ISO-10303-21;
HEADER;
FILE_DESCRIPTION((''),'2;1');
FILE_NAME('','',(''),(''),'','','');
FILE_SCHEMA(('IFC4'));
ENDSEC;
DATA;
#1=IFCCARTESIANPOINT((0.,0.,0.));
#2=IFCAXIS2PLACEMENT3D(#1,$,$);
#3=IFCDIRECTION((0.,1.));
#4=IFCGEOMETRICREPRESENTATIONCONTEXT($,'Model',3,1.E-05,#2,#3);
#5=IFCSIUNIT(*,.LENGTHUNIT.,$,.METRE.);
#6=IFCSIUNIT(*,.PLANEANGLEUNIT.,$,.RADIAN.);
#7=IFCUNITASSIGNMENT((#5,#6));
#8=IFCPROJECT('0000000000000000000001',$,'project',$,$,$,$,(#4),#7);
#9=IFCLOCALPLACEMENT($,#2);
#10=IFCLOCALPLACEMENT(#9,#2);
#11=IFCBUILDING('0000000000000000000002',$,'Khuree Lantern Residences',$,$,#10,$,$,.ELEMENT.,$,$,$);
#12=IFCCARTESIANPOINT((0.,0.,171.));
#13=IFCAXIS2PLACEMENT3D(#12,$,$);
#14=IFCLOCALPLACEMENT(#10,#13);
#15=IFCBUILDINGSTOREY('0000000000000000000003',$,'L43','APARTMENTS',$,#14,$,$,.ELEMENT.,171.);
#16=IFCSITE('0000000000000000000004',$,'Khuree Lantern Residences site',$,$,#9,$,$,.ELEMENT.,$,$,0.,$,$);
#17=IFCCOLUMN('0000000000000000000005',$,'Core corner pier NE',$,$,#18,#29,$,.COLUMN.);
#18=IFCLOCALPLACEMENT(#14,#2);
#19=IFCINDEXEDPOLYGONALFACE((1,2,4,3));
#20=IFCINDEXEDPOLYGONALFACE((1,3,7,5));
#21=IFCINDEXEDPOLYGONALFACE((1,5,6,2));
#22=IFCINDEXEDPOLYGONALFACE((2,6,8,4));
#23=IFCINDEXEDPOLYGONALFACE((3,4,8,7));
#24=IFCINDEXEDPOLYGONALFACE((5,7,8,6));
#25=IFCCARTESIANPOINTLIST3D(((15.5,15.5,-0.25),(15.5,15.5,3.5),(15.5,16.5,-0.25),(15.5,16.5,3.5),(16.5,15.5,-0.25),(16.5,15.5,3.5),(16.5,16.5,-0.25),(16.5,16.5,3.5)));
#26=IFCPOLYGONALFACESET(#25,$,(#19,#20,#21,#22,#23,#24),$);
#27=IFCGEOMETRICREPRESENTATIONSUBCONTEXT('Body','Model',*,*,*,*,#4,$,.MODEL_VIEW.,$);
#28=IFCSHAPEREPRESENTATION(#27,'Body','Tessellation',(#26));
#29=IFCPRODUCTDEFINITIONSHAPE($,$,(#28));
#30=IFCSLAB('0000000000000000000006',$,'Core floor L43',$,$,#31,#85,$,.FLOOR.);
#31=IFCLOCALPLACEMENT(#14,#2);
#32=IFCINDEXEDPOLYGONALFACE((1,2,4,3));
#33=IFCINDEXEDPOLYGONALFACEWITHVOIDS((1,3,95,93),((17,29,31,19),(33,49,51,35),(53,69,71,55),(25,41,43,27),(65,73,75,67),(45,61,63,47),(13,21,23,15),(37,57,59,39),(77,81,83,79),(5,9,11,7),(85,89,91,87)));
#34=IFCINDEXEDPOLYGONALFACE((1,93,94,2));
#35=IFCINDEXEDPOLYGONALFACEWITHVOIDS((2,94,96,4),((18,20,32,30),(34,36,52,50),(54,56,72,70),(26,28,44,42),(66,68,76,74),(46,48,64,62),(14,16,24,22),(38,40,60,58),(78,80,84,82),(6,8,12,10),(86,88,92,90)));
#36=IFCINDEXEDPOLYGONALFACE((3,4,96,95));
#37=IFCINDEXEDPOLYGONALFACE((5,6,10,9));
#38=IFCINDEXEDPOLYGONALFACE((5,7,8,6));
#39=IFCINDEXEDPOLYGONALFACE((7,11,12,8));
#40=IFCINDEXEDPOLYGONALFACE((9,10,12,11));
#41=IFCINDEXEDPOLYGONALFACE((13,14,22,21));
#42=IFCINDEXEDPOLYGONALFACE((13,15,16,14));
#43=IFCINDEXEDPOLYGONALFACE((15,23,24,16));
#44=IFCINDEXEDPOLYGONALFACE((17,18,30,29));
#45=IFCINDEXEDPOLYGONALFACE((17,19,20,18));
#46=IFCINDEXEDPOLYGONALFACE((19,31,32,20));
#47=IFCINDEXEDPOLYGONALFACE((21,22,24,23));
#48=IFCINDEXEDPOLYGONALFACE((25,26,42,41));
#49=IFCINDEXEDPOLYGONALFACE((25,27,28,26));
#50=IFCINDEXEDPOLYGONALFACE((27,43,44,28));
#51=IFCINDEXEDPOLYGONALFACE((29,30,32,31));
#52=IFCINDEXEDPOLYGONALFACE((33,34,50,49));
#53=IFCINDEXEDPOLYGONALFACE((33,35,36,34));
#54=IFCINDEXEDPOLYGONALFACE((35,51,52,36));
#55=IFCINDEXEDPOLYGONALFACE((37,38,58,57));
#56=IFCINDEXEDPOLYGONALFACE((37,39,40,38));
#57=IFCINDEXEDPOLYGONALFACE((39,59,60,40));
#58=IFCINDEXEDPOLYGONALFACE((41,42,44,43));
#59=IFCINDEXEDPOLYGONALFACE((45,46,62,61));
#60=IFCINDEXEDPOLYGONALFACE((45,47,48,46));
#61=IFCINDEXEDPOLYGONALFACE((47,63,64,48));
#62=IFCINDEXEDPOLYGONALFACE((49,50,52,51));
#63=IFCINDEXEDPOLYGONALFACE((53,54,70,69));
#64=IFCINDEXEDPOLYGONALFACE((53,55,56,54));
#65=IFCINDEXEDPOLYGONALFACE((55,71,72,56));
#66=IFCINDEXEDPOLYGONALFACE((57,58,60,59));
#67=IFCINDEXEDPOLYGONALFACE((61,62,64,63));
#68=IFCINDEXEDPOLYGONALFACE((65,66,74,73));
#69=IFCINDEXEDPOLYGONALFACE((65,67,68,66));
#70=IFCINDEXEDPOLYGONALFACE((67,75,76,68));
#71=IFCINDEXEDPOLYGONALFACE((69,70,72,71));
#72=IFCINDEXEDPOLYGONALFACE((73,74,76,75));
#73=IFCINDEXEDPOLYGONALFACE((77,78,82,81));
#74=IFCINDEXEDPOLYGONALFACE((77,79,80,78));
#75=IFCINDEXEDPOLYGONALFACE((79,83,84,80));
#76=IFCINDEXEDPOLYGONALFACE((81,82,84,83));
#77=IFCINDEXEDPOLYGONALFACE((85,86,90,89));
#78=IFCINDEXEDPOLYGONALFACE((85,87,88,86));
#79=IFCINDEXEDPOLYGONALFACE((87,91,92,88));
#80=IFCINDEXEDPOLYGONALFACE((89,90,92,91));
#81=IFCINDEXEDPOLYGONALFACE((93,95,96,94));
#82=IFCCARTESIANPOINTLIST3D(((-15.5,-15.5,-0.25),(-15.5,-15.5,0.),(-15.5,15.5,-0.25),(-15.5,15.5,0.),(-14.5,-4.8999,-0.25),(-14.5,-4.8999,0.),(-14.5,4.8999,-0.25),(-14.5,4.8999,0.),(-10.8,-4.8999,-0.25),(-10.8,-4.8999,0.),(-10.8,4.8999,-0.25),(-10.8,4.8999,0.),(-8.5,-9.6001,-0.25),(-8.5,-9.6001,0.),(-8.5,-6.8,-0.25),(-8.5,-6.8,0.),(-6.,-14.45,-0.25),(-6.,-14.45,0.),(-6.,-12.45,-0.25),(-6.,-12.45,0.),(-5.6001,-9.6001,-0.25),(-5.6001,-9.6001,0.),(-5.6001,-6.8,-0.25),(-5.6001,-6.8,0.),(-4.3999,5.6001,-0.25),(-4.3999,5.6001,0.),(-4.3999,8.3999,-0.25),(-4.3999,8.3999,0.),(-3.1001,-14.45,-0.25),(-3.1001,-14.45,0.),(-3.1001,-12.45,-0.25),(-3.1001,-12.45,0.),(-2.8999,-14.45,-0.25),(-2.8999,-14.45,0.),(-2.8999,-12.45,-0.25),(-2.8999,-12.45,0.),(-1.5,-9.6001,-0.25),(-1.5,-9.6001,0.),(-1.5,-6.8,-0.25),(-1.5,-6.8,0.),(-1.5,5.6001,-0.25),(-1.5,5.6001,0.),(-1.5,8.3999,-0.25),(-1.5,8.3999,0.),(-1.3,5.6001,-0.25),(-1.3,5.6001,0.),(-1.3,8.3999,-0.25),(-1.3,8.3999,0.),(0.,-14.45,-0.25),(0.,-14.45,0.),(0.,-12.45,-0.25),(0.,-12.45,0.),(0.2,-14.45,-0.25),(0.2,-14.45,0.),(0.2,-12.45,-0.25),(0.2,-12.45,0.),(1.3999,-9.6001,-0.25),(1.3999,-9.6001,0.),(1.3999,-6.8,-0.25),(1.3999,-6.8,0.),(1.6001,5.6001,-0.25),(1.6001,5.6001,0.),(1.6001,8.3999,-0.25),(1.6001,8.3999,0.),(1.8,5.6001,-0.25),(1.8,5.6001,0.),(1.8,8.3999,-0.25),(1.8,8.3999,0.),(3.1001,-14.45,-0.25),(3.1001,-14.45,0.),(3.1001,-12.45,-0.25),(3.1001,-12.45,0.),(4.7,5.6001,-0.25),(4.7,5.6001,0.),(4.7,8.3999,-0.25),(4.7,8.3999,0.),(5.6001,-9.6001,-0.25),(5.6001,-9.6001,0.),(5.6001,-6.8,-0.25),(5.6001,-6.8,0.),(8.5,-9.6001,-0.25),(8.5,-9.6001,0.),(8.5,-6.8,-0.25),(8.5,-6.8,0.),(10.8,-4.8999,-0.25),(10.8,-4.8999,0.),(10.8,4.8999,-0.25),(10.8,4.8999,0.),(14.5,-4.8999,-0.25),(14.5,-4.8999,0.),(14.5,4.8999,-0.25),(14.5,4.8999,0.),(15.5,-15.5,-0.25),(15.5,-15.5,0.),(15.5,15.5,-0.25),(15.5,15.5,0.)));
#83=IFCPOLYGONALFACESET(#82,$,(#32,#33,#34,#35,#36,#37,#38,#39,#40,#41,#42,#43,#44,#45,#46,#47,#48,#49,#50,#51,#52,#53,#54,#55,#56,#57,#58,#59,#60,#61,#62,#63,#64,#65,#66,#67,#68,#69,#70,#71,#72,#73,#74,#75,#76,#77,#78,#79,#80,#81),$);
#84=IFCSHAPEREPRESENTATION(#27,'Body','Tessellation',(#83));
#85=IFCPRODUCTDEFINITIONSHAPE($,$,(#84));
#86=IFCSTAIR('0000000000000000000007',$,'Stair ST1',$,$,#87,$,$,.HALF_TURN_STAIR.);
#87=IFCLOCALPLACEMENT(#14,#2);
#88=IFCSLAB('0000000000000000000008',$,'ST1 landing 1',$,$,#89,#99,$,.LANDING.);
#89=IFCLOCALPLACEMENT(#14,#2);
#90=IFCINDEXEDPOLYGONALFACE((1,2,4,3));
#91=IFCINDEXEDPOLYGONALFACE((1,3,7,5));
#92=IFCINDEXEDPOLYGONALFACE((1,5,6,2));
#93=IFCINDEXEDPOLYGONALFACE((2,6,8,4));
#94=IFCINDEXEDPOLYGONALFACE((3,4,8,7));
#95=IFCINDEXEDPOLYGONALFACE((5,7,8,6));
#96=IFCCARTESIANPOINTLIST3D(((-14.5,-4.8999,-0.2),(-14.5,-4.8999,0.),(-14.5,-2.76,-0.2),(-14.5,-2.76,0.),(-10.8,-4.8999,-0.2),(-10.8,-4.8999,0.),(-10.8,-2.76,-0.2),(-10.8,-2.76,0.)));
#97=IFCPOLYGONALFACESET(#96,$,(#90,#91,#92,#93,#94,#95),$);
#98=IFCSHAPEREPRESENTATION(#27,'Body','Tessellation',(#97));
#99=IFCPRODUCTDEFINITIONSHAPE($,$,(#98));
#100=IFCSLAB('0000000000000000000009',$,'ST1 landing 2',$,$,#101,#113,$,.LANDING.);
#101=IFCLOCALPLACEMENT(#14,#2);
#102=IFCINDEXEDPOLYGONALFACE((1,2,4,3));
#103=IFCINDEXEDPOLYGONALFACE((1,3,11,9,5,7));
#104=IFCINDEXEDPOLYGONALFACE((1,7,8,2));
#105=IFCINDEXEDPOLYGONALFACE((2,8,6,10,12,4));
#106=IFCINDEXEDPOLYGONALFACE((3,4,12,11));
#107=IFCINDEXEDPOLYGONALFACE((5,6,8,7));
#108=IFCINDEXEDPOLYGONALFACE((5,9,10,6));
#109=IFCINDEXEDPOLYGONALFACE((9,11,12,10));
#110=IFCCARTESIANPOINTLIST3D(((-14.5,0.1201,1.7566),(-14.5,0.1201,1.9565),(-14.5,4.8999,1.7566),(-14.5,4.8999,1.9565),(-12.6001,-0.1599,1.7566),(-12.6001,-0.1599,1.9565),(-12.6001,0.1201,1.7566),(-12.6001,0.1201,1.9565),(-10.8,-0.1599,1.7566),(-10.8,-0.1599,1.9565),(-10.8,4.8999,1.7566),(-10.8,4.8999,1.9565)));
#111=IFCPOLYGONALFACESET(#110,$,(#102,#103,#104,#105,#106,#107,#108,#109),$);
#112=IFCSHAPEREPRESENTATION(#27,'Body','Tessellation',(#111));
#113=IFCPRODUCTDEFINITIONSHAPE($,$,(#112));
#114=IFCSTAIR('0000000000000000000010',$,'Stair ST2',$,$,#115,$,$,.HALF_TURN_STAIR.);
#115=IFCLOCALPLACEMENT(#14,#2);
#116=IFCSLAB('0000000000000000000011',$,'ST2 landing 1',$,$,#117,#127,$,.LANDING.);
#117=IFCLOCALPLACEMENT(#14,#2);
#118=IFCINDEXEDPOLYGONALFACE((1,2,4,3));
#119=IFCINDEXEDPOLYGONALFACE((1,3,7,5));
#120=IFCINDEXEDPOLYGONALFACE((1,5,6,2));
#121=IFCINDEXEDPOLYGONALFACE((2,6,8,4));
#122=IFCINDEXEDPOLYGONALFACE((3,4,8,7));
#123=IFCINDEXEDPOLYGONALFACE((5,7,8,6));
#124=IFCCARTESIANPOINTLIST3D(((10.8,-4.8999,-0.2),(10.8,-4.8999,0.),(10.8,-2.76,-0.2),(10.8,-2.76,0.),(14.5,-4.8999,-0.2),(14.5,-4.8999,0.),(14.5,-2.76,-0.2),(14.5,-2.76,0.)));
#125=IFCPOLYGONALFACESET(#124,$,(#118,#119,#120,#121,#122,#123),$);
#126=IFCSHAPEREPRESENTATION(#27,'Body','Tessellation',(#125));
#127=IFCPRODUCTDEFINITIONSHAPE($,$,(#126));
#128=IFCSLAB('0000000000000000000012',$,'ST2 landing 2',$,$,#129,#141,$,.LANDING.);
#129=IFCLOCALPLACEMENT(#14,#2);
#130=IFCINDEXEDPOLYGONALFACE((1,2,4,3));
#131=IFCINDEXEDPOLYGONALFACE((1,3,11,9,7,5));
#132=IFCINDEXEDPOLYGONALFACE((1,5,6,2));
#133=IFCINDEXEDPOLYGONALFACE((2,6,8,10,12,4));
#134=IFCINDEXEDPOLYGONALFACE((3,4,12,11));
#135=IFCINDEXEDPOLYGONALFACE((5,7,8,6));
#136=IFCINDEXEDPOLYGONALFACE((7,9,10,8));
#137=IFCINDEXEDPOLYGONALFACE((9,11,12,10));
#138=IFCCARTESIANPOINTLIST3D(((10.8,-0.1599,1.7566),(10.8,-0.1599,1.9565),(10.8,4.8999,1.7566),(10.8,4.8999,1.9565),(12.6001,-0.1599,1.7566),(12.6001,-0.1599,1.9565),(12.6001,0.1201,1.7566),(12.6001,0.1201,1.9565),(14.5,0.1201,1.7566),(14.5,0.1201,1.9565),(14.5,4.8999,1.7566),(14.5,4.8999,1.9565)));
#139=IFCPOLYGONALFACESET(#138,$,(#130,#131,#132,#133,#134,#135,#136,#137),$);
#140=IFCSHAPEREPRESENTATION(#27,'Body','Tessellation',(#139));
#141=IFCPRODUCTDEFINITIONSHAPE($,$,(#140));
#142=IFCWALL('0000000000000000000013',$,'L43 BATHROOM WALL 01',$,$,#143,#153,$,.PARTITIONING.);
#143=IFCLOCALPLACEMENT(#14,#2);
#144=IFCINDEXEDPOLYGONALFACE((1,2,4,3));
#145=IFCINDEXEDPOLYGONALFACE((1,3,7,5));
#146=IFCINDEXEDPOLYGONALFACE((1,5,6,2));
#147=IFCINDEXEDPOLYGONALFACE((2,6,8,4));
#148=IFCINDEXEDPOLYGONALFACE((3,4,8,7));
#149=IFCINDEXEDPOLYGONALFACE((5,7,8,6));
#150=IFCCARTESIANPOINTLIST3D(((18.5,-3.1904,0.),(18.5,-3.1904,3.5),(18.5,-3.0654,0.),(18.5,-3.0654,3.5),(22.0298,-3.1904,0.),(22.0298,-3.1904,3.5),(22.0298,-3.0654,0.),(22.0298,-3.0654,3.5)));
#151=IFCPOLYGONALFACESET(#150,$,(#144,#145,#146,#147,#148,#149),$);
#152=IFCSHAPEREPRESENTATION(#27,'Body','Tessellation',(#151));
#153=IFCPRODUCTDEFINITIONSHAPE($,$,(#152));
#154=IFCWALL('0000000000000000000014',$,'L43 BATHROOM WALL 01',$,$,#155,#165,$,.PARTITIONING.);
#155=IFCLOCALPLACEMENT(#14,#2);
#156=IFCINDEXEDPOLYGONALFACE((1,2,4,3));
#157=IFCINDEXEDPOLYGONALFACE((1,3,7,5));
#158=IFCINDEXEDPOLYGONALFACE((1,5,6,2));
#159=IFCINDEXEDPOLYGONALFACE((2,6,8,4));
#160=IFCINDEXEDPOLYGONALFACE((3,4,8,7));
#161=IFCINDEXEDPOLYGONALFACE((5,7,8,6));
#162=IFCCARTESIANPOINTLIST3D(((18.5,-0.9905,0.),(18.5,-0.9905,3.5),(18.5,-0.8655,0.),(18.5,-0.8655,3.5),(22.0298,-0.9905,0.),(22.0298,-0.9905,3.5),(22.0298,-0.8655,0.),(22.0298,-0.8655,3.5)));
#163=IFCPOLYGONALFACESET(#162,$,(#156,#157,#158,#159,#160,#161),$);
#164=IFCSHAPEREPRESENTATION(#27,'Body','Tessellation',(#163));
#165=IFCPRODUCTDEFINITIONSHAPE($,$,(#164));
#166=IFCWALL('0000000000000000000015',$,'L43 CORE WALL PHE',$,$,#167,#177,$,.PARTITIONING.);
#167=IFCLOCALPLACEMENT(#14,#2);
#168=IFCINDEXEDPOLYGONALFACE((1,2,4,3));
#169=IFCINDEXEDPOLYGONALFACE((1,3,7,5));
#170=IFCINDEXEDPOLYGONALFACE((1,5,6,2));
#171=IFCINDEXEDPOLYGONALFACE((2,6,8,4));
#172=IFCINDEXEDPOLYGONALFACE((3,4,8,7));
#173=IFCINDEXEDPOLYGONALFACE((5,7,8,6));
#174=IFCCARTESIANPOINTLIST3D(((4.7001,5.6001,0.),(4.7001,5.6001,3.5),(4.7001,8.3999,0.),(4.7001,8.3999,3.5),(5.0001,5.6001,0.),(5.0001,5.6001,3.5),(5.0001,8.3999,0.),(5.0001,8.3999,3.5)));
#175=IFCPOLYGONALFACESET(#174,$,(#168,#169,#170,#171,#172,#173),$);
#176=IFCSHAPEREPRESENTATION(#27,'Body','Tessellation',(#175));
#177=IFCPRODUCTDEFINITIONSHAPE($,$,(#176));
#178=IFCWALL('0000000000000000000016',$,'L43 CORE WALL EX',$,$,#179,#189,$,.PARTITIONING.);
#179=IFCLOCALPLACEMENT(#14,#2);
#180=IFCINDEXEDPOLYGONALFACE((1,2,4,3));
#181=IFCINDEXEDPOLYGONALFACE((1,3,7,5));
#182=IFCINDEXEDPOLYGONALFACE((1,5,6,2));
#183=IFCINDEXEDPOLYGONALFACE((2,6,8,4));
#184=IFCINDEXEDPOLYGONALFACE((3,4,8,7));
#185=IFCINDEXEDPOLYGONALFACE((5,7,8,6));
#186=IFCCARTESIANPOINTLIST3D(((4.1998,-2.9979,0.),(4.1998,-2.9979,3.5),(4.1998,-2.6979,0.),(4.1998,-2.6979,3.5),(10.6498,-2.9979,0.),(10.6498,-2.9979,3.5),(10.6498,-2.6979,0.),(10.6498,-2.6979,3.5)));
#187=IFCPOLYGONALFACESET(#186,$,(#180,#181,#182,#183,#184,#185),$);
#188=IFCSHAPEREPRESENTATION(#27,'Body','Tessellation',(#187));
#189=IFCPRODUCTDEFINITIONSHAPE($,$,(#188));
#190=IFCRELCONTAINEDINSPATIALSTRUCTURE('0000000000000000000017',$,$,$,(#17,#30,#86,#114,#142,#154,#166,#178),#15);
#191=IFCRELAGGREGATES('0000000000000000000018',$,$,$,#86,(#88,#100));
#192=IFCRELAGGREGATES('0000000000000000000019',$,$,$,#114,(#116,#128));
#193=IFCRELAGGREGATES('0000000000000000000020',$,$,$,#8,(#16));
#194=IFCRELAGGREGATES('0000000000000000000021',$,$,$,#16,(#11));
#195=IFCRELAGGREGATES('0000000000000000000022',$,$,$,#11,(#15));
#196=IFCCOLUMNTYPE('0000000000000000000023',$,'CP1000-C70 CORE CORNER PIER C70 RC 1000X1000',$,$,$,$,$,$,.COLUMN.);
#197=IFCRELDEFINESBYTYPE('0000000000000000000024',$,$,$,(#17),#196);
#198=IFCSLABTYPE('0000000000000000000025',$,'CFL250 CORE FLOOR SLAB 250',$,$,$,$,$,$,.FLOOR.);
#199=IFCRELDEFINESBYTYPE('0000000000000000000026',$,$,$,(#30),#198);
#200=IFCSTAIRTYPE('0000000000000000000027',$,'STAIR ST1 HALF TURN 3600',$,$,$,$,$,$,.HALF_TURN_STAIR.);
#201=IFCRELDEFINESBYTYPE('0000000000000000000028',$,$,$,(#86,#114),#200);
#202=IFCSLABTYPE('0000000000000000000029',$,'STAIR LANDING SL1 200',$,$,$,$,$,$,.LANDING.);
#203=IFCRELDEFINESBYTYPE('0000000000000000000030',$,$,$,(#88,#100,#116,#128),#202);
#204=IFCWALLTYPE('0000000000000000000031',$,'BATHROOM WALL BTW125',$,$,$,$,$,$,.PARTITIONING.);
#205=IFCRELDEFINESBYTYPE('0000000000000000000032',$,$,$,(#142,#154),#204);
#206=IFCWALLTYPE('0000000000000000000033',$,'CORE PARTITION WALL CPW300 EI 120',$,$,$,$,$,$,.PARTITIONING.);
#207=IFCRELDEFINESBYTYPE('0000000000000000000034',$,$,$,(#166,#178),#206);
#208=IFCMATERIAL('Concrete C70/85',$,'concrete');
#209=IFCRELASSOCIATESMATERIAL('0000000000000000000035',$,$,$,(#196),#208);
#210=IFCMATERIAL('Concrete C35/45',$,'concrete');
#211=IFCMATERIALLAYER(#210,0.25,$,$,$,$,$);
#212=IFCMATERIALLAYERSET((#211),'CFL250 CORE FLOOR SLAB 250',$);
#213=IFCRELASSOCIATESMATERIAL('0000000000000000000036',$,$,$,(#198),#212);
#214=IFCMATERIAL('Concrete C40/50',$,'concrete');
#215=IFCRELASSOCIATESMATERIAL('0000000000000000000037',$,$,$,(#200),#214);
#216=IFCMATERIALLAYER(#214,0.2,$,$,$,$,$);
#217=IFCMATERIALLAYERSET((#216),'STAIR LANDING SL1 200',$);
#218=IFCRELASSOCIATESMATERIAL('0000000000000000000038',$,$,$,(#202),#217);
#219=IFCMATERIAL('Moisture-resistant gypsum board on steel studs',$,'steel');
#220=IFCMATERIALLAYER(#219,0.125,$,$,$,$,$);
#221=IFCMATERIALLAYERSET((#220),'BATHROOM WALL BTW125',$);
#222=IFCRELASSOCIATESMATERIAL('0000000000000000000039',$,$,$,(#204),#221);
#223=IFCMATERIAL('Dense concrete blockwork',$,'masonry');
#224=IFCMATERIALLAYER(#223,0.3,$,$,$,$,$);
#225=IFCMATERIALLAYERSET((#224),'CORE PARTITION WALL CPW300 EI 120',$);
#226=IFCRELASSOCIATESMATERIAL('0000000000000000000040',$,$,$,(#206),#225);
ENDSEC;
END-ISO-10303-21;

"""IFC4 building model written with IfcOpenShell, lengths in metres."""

from ifc_helpers import new_model, si_unit, direction, frame, frame_2d, origin, origin_2d, place, context, subcontext, project, spatial, polyline, rectangle, outline, extrude, material, layer, layer_set, material_profile, profile_set, type_object, element, aggregate, save


model = new_model("IFC4")

# Units and contexts
model_context = context("Model", 3, precision=1e-05, world=origin(), true_north=direction((0.0, 1.0)))
body_context = subcontext(model_context, "Body", "Model", "MODEL_VIEW")
ifc_project = project(units=[si_unit("LENGTHUNIT", "METRE"), si_unit("PLANEANGLEUNIT", "RADIAN")], contexts=[model_context])

# Site, building, storey
site_placement = place(None, origin())
site = spatial("IfcSite", under=ifc_project, at=site_placement, Name="Khuree Lantern Residences site", CompositionType="ELEMENT", RefElevation=0.0)
building_placement = place(site_placement, origin())
building = spatial("IfcBuilding", under=site, at=building_placement, Name="Khuree Lantern Residences", CompositionType="ELEMENT")
storey_placement = place(building_placement, frame((0.0, 0.0, 171.0)))
storey = spatial("IfcBuildingStorey", under=building, at=storey_placement, Name="L43", Description="APARTMENTS", CompositionType="ELEMENT", Elevation=171.0)

# Column
ifc_material_1 = material(Name="Concrete C70/85", Category="concrete")
ifc_material_profile = material_profile(ifc_material_1, rectangle(XDim=1.0, YDim=1.0, at=origin_2d()), Name="RC 1000X1000")
ifc_profile_set = profile_set([ifc_material_profile], Name="Concrete C70/85")
column_type = type_object("IfcColumnType", Name="CP1000-C70 CORE CORNER PIER C70 RC 1000X1000", PredefinedType="COLUMN", material=ifc_profile_set)
column_placement = place(storey_placement, frame((16.0, 16.0, -0.25), z_axis=(0.0, 0.0, 1.0), x_axis=(1.0, 0.0, 0.0)))
element("IfcColumn", 1, at=column_placement, inside=storey, type_object=column_type, Name="Core corner pier NE", PredefinedType="COLUMN", context=body_context, shape_type="SweptSolid", body=[
    extrude(rectangle(XDim=1.0, YDim=1.0, at=origin_2d()), origin(), (0.0, 0.0, 1.0), 3.75),
])

# Slab
ifc_material_2 = material(Name="Concrete C35/45", Category="concrete")
ifc_layer_1 = layer(ifc_material_2, 0.25)
ifc_layer_set_1 = layer_set([ifc_layer_1], Name="CFL250 CORE FLOOR SLAB 250")
slab_type_1 = type_object("IfcSlabType", Name="CFL250 CORE FLOOR SLAB 250", PredefinedType="FLOOR", material=ifc_layer_set_1)
slab_1_placement = place(storey_placement, frame((0.0, 0.0, -0.25)))
element("IfcSlab", 2, at=slab_1_placement, inside=storey, type_object=slab_type_1, Name="Core floor L43", PredefinedType="FLOOR", context=body_context, shape_type="SweptSolid", body=[
    extrude(outline(polyline([(-15.5, -15.5), (-15.5, 15.5), (15.5, 15.5), (15.5, -15.5), (-15.5, -15.5)]), holes=[polyline([(10.8, 4.8999), (10.8, -4.8999), (14.5, -4.8999), (14.5, 4.8999), (10.8, 4.8999)]), polyline([(8.5, -6.8), (5.6001, -6.8), (5.6001, -9.6001), (8.5, -9.6001), (8.5, -6.8)]), polyline([(4.7, 8.3999), (1.8, 8.3999), (1.8, 5.6001), (4.7, 5.6001), (4.7, 8.3999)]), polyline([(3.1001, -12.45), (0.2, -12.45), (0.2, -14.45), (3.1001, -14.45), (3.1001, -12.45)]), polyline([(1.6001, 8.3999), (-1.3, 8.3999), (-1.3, 5.6001), (1.6001, 5.6001), (1.6001, 8.3999)]), polyline([(1.3999, -6.8), (-1.5, -6.8), (-1.5, -9.6001), (1.3999, -9.6001), (1.3999, -6.8)]), polyline([(-2.8999, -12.45), (-2.8999, -14.45), (0.0, -14.45), (0.0, -12.45), (-2.8999, -12.45)]), polyline([(-4.3999, 8.3999), (-4.3999, 5.6001), (-1.5, 5.6001), (-1.5, 8.3999), (-4.3999, 8.3999)]), polyline([(-6.0, -12.45), (-6.0, -14.45), (-3.1001, -14.45), (-3.1001, -12.45), (-6.0, -12.45)]), polyline([(-8.5, -6.8), (-8.5, -9.6001), (-5.6001, -9.6001), (-5.6001, -6.8), (-8.5, -6.8)]), polyline([(-10.8, 4.8999), (-14.5, 4.8999), (-14.5, -4.8999), (-10.8, -4.8999), (-10.8, 4.8999)])]), origin(), (0.0, 0.0, 1.0), 0.25),
])

# Stairs, slabs
ifc_material_3 = material(Name="Concrete C40/50", Category="concrete")
stair_type = type_object("IfcStairType", Name="STAIR ST1 HALF TURN 3600", PredefinedType="HALF_TURN_STAIR", material=ifc_material_3)
stair_1_placement = place(storey_placement, origin())
stair_1 = element("IfcStair", 3, at=stair_1_placement, inside=storey, type_object=stair_type, Name="Stair ST1", PredefinedType="HALF_TURN_STAIR")
ifc_layer_2 = layer(ifc_material_3, 0.2)
ifc_layer_set_2 = layer_set([ifc_layer_2], Name="STAIR LANDING SL1 200")
slab_type_2 = type_object("IfcSlabType", Name="STAIR LANDING SL1 200", PredefinedType="LANDING", material=ifc_layer_set_2)
slab_2_placement = place(storey_placement, frame((0.0, 0.0, -0.2)))
slab_2 = element("IfcSlab", 4, at=slab_2_placement, type_object=slab_type_2, Name="ST1 landing 1", PredefinedType="LANDING", context=body_context, shape_type="SweptSolid", body=[
    extrude(outline(polyline([(-14.5, -4.8999), (-10.8, -4.8999), (-10.8, -2.76), (-14.5, -2.76), (-14.5, -4.8999)])), origin(), (0.0, 0.0, 1.0), 0.2),
])
slab_3_placement = place(storey_placement, frame((0.0, 0.0, 1.7566)))
slab_3 = element("IfcSlab", 5, at=slab_3_placement, type_object=slab_type_2, Name="ST1 landing 2", PredefinedType="LANDING", context=body_context, shape_type="SweptSolid", body=[
    extrude(outline(polyline([(-14.5, 0.1201), (-14.5, 4.8999), (-10.8, 4.8999), (-10.8, -0.1599), (-12.6001, -0.1599), (-12.6001, 0.1201), (-14.5, 0.1201)])), origin(), (0.0, 0.0, 1.0), 0.2),
])
aggregate(stair_1, [slab_2, slab_3])
stair_2_placement = place(storey_placement, origin())
stair_2 = element("IfcStair", 6, at=stair_2_placement, inside=storey, type_object=stair_type, Name="Stair ST2", PredefinedType="HALF_TURN_STAIR")
slab_4_placement = place(storey_placement, frame((0.0, 0.0, -0.2)))
slab_4 = element("IfcSlab", 7, at=slab_4_placement, type_object=slab_type_2, Name="ST2 landing 1", PredefinedType="LANDING", context=body_context, shape_type="SweptSolid", body=[
    extrude(outline(polyline([(10.8, -4.8999), (14.5, -4.8999), (14.5, -2.76), (10.8, -2.76), (10.8, -4.8999)])), origin(), (0.0, 0.0, 1.0), 0.2),
])
slab_5_placement = place(storey_placement, frame((0.0, 0.0, 1.7566)))
slab_5 = element("IfcSlab", 8, at=slab_5_placement, type_object=slab_type_2, Name="ST2 landing 2", PredefinedType="LANDING", context=body_context, shape_type="SweptSolid", body=[
    extrude(outline(polyline([(14.5, 4.8999), (14.5, 0.1201), (12.6001, 0.1201), (12.6001, -0.1599), (10.8, -0.1599), (10.8, 4.8999), (14.5, 4.8999)])), origin(), (0.0, 0.0, 1.0), 0.2),
])

# Walls
ifc_material_4 = material(Name="Moisture-resistant gypsum board on steel studs", Category="steel")
ifc_layer_3 = layer(ifc_material_4, 0.125)
ifc_layer_set_3 = layer_set([ifc_layer_3], Name="BATHROOM WALL BTW125")
wall_type_1 = type_object("IfcWallType", Name="BATHROOM WALL BTW125", PredefinedType="PARTITIONING", material=ifc_layer_set_3)
for number, where, z_axis, x_axis, name in (
    (9, (18.5, -3.1279, 0.0), (0.0, 0.0, 1.0), (1.0, 0.0, 0.0), "L43 BATHROOM WALL 01"),
    (10, (18.5, -0.928, 0.0), (0.0, 0.0, 1.0), (1.0, 0.0, 0.0), "L43 BATHROOM WALL 01"),
):
    element("IfcWall", number, at=place(storey_placement, frame(where, z_axis=z_axis, x_axis=x_axis)), inside=storey, type_object=wall_type_1, Name=name, PredefinedType="PARTITIONING", context=body_context, shape_type="SweptSolid", body=[
        extrude(rectangle(XDim=3.5298, YDim=0.125, at=frame_2d((1.7649, 0.0))), origin(), (0.0, 0.0, 1.0), 3.5),
    ])
ifc_material_5 = material(Name="Dense concrete blockwork", Category="masonry")
ifc_layer_4 = layer(ifc_material_5, 0.3)
ifc_layer_set_4 = layer_set([ifc_layer_4], Name="CORE PARTITION WALL CPW300 EI 120")
wall_type_2 = type_object("IfcWallType", Name="CORE PARTITION WALL CPW300 EI 120", PredefinedType="PARTITIONING", material=ifc_layer_set_4)
wall_1_placement = place(storey_placement, frame((4.8501, 5.6001, 0.0), z_axis=(0.0, 0.0, 1.0), x_axis=(0.0, 1.0, 0.0)))
element("IfcWall", 11, at=wall_1_placement, inside=storey, type_object=wall_type_2, Name="L43 CORE WALL PHE", PredefinedType="PARTITIONING", context=body_context, shape_type="SweptSolid", body=[
    extrude(rectangle(XDim=2.7998, YDim=0.3, at=frame_2d((1.3999, 0.0))), origin(), (0.0, 0.0, 1.0), 3.5),
])
wall_2_placement = place(storey_placement, frame((10.6499, -2.8479, 0.0), z_axis=(0.0, 0.0, 1.0), x_axis=(-1.0, 0.0, 0.0)))
element("IfcWall", 12, at=wall_2_placement, inside=storey, type_object=wall_type_2, Name="L43 CORE WALL EX", PredefinedType="PARTITIONING", context=body_context, shape_type="SweptSolid", body=[
    extrude(rectangle(XDim=6.45, YDim=0.3, at=frame_2d((3.2251, 0.0))), origin(), (0.0, 0.0, 1.0), 3.5),
])

aggregate(stair_2, [slab_4, slab_5])

save(model, "model.ifc")
